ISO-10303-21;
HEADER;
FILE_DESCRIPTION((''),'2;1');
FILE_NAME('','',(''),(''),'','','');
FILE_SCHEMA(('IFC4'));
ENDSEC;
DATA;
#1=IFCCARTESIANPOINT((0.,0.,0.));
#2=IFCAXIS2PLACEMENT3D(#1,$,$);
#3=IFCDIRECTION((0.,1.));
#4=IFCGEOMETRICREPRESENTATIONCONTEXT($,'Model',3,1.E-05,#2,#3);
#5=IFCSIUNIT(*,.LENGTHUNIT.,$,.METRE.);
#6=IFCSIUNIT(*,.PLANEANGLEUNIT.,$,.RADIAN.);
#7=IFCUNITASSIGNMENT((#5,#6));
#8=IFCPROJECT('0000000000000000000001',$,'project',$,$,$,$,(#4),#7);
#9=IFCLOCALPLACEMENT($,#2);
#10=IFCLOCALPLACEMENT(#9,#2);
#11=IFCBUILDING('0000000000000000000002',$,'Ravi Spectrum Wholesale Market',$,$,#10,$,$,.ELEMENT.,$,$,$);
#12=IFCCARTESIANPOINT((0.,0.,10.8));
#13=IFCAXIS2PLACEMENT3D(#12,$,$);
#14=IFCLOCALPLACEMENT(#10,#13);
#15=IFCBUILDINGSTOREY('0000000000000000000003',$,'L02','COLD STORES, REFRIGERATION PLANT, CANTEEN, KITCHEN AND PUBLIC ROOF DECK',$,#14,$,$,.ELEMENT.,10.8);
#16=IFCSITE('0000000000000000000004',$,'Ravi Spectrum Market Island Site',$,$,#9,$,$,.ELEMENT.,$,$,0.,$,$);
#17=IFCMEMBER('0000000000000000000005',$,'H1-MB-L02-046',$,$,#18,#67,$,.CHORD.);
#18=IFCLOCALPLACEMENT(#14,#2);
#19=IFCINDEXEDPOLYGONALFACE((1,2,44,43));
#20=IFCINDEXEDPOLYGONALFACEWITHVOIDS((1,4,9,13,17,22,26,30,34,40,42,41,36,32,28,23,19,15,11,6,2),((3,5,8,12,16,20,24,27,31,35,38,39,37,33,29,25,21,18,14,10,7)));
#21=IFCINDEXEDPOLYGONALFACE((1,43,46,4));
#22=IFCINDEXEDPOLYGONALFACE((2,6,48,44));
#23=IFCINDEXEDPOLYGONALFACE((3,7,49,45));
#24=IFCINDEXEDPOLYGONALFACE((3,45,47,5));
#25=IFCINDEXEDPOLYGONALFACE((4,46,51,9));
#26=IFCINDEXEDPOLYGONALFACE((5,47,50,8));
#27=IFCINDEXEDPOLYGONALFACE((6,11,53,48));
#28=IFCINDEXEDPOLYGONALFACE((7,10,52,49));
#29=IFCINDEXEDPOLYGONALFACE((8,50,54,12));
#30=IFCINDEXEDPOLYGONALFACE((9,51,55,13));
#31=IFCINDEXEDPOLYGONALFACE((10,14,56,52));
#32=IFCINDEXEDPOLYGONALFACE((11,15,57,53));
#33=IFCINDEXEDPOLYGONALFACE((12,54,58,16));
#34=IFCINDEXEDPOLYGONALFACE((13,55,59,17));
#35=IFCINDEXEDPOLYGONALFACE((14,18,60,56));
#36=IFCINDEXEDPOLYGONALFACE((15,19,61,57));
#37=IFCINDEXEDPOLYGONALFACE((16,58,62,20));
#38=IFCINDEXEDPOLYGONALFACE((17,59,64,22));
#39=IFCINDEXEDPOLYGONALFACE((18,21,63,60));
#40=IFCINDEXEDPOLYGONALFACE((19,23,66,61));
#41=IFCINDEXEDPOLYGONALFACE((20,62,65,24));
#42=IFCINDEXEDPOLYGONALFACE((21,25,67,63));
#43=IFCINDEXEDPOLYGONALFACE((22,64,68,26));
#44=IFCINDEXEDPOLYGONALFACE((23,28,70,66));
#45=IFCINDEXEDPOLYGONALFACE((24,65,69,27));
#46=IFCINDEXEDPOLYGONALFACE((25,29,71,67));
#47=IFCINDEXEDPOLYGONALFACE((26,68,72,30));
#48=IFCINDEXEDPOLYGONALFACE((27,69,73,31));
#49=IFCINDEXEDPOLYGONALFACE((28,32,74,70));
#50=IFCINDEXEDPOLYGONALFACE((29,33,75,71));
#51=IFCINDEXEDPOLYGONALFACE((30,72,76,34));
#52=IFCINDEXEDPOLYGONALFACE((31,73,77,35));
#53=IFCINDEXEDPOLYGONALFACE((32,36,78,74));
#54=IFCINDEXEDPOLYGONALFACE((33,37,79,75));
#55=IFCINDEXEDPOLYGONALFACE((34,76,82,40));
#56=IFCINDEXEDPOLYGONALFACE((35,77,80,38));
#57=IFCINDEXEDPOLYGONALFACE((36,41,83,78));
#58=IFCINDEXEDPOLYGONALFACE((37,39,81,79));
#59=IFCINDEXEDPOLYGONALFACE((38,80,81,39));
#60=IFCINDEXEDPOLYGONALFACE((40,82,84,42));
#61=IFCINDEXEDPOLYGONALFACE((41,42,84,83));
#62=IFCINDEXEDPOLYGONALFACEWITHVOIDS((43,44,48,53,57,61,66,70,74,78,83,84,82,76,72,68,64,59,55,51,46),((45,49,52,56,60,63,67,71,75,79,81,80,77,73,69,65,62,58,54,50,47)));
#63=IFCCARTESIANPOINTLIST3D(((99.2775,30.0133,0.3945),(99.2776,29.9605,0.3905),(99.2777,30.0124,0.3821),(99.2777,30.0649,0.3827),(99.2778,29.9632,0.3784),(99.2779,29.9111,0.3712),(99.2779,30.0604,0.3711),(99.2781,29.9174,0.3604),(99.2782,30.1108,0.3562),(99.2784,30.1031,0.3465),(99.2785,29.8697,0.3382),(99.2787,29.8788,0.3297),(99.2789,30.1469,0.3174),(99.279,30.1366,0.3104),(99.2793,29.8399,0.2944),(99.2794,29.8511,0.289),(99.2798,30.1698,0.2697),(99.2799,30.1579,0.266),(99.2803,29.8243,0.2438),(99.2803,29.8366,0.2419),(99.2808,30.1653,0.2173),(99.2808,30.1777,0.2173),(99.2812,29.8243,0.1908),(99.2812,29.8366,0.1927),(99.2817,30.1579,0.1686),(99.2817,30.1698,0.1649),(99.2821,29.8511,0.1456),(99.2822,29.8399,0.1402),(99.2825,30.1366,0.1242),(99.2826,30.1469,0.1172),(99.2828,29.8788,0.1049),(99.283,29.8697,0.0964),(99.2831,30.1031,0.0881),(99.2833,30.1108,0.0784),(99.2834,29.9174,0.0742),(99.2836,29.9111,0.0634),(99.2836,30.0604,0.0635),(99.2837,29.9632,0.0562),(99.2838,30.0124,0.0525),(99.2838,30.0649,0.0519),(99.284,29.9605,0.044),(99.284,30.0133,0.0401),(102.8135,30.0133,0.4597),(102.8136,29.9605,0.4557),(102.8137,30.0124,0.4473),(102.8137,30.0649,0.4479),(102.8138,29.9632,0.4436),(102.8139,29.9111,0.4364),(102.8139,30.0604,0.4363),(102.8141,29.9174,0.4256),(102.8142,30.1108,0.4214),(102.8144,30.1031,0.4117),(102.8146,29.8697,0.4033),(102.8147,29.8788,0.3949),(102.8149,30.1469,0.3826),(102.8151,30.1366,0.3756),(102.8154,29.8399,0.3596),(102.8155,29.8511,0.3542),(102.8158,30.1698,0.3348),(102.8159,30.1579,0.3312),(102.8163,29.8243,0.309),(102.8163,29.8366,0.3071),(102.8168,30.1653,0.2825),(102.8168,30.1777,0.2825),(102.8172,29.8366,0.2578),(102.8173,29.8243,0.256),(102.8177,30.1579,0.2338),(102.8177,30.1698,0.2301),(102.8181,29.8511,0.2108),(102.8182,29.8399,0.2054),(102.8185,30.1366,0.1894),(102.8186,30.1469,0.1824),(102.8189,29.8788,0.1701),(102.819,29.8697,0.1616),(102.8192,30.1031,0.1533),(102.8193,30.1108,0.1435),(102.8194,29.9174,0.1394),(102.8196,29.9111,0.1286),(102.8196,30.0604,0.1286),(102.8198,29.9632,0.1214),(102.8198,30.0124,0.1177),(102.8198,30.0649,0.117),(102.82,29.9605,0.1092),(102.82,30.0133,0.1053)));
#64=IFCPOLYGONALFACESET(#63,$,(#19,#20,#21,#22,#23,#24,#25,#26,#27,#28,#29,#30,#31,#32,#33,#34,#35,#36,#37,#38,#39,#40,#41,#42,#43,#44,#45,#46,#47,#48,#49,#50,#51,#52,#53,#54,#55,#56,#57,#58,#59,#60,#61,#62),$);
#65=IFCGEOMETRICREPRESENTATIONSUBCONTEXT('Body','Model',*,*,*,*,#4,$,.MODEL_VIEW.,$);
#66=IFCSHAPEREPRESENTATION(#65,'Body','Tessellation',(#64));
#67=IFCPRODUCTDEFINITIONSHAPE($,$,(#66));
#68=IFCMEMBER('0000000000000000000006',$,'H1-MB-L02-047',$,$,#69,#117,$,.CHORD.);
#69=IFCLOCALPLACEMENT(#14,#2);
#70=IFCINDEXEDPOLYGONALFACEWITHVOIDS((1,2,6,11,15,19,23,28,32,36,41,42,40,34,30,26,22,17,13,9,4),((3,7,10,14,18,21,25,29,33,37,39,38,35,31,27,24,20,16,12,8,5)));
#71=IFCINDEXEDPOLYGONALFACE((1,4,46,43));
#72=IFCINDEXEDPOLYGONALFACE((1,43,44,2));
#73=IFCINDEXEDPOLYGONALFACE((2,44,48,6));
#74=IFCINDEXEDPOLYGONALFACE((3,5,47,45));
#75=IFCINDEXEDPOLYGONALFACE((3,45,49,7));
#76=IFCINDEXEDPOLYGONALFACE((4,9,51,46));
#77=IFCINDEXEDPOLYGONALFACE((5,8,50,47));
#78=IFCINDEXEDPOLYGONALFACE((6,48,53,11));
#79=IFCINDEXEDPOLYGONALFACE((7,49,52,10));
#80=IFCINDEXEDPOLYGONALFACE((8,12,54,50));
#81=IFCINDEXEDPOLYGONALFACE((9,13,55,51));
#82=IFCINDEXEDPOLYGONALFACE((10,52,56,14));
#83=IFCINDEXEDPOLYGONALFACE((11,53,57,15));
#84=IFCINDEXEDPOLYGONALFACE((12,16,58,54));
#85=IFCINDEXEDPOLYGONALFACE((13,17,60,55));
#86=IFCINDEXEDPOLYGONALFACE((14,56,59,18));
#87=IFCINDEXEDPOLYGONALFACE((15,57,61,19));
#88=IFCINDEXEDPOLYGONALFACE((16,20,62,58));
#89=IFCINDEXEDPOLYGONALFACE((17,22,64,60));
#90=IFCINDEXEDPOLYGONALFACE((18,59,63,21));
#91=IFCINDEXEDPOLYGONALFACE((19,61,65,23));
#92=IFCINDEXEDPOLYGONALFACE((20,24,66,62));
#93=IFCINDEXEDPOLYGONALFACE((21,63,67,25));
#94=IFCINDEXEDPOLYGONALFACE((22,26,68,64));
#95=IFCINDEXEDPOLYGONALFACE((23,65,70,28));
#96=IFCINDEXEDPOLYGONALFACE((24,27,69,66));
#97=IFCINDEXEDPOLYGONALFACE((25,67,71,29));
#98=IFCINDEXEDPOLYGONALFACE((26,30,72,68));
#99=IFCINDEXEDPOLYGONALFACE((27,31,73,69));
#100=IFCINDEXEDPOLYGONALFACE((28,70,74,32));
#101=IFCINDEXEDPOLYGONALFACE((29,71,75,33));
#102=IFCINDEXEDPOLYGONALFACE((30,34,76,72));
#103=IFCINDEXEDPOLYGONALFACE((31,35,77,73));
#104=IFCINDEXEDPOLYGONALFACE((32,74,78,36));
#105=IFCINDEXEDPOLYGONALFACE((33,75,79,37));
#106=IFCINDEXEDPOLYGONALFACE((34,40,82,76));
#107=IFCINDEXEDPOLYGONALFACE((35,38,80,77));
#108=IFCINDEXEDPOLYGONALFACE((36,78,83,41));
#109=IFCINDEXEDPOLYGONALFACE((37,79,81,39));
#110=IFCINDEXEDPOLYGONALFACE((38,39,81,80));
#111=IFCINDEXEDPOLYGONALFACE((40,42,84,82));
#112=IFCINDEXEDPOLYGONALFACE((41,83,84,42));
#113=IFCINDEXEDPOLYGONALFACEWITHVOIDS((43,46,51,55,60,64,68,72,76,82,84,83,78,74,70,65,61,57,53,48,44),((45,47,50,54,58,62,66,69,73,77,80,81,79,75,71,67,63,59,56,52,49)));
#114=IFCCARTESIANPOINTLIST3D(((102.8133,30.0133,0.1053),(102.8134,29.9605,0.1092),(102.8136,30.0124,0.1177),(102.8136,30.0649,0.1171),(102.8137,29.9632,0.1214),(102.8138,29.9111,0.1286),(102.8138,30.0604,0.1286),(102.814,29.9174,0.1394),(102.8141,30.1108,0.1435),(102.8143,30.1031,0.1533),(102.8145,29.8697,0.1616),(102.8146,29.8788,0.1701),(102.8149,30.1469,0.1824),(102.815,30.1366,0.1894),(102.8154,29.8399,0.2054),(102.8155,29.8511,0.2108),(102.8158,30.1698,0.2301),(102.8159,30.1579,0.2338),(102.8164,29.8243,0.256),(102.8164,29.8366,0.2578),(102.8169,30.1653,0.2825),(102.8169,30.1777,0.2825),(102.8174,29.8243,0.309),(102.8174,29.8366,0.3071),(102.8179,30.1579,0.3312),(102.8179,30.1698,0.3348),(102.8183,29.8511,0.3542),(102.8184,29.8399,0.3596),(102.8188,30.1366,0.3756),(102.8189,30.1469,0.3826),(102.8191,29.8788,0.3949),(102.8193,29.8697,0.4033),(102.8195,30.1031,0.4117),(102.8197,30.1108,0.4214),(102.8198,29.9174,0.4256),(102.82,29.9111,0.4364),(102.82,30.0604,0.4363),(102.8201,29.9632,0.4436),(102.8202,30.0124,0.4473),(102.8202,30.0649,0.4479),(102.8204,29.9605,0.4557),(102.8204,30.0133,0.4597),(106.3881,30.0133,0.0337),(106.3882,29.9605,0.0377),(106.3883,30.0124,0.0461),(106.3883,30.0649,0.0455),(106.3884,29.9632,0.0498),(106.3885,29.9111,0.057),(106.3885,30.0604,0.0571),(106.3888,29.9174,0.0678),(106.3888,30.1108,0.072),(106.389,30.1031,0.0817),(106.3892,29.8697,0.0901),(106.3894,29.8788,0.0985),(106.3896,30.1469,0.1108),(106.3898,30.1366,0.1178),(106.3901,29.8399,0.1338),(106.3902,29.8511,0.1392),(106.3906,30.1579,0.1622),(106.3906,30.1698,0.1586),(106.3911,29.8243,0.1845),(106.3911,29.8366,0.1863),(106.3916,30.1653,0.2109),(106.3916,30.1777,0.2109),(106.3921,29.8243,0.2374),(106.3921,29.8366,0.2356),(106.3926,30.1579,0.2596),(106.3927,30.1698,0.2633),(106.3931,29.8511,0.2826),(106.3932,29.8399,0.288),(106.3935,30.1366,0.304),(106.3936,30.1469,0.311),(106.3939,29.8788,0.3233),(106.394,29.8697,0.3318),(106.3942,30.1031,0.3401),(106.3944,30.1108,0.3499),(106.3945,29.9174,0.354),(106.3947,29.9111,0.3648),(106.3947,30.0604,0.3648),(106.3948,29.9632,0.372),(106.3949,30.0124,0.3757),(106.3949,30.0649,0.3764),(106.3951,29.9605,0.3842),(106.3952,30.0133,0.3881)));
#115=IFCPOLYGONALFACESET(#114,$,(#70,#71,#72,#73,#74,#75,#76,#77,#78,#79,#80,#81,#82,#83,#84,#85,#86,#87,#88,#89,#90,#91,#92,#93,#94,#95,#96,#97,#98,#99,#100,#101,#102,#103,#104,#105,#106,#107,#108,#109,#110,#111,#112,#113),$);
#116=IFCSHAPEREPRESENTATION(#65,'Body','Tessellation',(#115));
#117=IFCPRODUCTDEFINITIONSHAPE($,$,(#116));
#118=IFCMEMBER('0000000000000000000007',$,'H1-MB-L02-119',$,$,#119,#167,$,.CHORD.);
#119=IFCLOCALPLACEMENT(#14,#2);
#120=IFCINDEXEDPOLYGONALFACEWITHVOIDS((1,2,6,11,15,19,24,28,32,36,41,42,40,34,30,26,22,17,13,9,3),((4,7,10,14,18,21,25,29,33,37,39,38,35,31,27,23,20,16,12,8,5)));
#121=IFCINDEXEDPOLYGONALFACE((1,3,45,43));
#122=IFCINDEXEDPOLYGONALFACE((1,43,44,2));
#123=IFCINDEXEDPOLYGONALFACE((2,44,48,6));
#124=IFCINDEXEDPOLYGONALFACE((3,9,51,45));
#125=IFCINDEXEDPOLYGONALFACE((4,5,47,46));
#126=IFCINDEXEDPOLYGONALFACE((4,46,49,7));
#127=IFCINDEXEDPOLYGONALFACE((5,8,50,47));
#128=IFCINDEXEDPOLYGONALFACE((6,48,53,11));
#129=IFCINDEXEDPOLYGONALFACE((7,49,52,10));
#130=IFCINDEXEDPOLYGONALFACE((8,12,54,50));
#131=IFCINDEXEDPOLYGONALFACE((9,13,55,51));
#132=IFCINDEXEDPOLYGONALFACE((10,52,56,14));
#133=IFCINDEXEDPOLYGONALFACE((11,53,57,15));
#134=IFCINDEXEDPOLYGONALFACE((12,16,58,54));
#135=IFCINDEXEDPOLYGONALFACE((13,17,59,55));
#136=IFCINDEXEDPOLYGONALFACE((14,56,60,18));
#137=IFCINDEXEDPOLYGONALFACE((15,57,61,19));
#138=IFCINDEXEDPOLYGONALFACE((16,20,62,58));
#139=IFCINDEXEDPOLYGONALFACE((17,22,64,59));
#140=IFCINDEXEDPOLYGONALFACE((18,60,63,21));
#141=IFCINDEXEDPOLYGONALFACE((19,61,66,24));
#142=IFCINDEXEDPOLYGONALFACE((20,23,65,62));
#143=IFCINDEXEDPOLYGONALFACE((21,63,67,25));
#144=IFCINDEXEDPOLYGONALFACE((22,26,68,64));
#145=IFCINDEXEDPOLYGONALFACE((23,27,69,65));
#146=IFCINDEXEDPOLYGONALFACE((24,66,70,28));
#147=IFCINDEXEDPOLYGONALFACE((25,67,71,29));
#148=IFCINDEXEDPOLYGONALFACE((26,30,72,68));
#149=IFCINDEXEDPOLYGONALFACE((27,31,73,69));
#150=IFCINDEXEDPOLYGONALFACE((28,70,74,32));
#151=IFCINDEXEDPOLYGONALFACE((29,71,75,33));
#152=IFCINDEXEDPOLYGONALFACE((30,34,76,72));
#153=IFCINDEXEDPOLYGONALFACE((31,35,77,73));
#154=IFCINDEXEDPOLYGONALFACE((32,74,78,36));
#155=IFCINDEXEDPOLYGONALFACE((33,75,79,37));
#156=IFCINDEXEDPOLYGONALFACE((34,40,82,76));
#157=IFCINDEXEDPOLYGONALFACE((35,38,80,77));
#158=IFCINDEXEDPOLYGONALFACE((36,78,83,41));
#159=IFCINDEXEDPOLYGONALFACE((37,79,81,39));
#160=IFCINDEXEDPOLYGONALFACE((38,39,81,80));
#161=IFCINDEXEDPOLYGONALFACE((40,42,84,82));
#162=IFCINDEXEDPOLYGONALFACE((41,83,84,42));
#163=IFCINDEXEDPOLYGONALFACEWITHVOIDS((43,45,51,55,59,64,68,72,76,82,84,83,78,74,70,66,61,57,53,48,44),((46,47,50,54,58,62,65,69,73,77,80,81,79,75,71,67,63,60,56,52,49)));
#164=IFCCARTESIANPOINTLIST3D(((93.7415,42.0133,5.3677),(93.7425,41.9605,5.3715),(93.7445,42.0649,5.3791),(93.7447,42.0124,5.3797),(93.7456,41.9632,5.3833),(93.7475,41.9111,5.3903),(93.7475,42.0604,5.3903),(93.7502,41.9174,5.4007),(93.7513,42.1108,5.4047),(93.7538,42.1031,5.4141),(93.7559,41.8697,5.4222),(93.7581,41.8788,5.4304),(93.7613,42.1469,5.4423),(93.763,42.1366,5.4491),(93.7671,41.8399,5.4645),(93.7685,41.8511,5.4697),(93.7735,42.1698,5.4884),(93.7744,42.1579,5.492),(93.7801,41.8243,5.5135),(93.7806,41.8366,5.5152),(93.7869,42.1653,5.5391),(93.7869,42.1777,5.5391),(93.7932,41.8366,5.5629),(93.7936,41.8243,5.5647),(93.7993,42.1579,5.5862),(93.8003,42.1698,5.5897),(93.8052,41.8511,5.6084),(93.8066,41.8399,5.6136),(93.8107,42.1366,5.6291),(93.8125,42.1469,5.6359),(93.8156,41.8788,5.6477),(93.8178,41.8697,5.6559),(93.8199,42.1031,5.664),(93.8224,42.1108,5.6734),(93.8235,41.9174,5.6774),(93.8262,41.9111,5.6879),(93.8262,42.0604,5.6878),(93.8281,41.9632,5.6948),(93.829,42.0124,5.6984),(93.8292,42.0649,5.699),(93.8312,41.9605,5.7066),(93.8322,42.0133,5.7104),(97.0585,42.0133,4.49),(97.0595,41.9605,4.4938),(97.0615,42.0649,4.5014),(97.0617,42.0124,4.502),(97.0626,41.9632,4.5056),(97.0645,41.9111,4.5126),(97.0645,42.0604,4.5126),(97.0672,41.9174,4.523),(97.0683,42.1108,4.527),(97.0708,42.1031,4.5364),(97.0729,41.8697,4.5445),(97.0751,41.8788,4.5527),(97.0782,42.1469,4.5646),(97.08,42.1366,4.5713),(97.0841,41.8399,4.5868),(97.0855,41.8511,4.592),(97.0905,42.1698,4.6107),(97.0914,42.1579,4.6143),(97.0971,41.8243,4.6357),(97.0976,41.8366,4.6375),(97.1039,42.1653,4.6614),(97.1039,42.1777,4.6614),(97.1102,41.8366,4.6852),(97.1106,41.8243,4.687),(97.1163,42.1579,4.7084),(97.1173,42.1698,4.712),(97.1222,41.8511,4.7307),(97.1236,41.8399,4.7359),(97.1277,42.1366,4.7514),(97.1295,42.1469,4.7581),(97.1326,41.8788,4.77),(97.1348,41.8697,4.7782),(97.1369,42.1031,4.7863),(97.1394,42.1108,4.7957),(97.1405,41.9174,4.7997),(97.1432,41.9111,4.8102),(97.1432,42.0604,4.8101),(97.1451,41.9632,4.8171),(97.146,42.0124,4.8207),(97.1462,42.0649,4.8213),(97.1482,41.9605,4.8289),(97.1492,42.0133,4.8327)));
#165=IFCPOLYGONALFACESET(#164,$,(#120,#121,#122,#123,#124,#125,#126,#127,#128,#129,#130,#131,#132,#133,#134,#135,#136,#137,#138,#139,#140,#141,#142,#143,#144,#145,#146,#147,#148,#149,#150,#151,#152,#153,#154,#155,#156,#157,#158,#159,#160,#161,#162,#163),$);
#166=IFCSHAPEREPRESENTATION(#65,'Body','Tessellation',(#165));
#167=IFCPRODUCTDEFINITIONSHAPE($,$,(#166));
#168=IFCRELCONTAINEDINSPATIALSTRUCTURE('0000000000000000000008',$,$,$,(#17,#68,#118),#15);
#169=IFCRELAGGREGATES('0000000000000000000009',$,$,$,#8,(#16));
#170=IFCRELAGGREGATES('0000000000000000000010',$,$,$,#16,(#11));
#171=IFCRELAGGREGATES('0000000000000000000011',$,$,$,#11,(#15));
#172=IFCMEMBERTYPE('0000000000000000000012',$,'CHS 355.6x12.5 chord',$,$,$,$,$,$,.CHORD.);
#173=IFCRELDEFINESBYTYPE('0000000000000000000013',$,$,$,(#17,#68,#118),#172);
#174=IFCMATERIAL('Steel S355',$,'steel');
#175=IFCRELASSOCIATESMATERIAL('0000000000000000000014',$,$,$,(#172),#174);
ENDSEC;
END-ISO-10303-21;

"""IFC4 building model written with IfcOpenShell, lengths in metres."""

from ifc_helpers import new_model, si_unit, direction, frame, origin, origin_2d, place, context, subcontext, project, spatial, hollow_circle, extrude, material, material_profile, profile_set, type_object, element, save


model = new_model("IFC4")

# Units and contexts
model_context = context("Model", 3, precision=1e-05, world=origin(), true_north=direction((0.0, 1.0)))
body_context = subcontext(model_context, "Body", "Model", "MODEL_VIEW")
ifc_project = project(units=[si_unit("LENGTHUNIT", "METRE"), si_unit("PLANEANGLEUNIT", "RADIAN")], contexts=[model_context])

# Site, building, storey
site_placement = place(None, origin())
site = spatial("IfcSite", under=ifc_project, at=site_placement, Name="Ravi Spectrum Market Island Site", CompositionType="ELEMENT", RefElevation=0.0)
building_placement = place(site_placement, origin())
building = spatial("IfcBuilding", under=site, at=building_placement, Name="Ravi Spectrum Wholesale Market", CompositionType="ELEMENT")
storey_placement = place(building_placement, frame((0.0, 0.0, 10.8)))
storey = spatial("IfcBuildingStorey", under=building, at=storey_placement, Name="L02", Description="COLD STORES, REFRIGERATION PLANT, CANTEEN, KITCHEN AND PUBLIC ROOF DECK", CompositionType="ELEMENT", Elevation=10.8)

# Members
ifc_material_1 = material(Name="Steel S355", Category="steel")
ifc_material_profile_1 = material_profile(ifc_material_1, hollow_circle(Radius=0.1777, WallThickness=0.0125, at=origin_2d()))
ifc_profile_set_1 = profile_set([ifc_material_profile_1], Name="Steel S355")
member_type_1 = type_object("IfcMemberType", Name="CHS 355.6x12.5 chord", PredefinedType="CHORD", material=ifc_profile_set_1)
member_1_placement = place(storey_placement, frame((99.2808, 30.0, 0.2173), z_axis=(0.99983, 0.0, 0.018431), x_axis=(0.0, 1.0, 0.0)))
element("IfcMember", 1, at=member_1_placement, inside=storey, type_object=member_type_1, Name="H1-MB-L02-046", PredefinedType="CHORD", context=body_context, shape_type="SweptSolid", body=[
    extrude(hollow_circle(Radius=0.1777, WallThickness=0.0125, at=origin_2d()), origin(), (0.0, 0.0, 1.0), 3.5366),
])
member_2_placement = place(storey_placement, frame((102.8169, 30.0, 0.2825), z_axis=(0.9998, 0.0, -0.020007), x_axis=(0.0, 1.0, 0.0)))
element("IfcMember", 2, at=member_2_placement, inside=storey, type_object=member_type_1, Name="H1-MB-L02-047", PredefinedType="CHORD", context=body_context, shape_type="SweptSolid", body=[
    extrude(hollow_circle(Radius=0.1777, WallThickness=0.0125, at=origin_2d()), origin(), (0.0, 0.0, 1.0), 3.5754),
])
member_3_placement = place(storey_placement, frame((93.7869, 42.0, 5.5391), z_axis=(0.966728, 0.0, -0.255807), x_axis=(0.0, 1.0, 0.0)))
element("IfcMember", 3, at=member_3_placement, inside=storey, type_object=member_type_1, Name="H1-MB-L02-119", PredefinedType="CHORD", context=body_context, shape_type="SweptSolid", body=[
    extrude(hollow_circle(Radius=0.1777, WallThickness=0.0125, at=origin_2d()), origin(), (0.0, 0.0, 1.0), 3.4312),
])

save(model, "model.ifc")
